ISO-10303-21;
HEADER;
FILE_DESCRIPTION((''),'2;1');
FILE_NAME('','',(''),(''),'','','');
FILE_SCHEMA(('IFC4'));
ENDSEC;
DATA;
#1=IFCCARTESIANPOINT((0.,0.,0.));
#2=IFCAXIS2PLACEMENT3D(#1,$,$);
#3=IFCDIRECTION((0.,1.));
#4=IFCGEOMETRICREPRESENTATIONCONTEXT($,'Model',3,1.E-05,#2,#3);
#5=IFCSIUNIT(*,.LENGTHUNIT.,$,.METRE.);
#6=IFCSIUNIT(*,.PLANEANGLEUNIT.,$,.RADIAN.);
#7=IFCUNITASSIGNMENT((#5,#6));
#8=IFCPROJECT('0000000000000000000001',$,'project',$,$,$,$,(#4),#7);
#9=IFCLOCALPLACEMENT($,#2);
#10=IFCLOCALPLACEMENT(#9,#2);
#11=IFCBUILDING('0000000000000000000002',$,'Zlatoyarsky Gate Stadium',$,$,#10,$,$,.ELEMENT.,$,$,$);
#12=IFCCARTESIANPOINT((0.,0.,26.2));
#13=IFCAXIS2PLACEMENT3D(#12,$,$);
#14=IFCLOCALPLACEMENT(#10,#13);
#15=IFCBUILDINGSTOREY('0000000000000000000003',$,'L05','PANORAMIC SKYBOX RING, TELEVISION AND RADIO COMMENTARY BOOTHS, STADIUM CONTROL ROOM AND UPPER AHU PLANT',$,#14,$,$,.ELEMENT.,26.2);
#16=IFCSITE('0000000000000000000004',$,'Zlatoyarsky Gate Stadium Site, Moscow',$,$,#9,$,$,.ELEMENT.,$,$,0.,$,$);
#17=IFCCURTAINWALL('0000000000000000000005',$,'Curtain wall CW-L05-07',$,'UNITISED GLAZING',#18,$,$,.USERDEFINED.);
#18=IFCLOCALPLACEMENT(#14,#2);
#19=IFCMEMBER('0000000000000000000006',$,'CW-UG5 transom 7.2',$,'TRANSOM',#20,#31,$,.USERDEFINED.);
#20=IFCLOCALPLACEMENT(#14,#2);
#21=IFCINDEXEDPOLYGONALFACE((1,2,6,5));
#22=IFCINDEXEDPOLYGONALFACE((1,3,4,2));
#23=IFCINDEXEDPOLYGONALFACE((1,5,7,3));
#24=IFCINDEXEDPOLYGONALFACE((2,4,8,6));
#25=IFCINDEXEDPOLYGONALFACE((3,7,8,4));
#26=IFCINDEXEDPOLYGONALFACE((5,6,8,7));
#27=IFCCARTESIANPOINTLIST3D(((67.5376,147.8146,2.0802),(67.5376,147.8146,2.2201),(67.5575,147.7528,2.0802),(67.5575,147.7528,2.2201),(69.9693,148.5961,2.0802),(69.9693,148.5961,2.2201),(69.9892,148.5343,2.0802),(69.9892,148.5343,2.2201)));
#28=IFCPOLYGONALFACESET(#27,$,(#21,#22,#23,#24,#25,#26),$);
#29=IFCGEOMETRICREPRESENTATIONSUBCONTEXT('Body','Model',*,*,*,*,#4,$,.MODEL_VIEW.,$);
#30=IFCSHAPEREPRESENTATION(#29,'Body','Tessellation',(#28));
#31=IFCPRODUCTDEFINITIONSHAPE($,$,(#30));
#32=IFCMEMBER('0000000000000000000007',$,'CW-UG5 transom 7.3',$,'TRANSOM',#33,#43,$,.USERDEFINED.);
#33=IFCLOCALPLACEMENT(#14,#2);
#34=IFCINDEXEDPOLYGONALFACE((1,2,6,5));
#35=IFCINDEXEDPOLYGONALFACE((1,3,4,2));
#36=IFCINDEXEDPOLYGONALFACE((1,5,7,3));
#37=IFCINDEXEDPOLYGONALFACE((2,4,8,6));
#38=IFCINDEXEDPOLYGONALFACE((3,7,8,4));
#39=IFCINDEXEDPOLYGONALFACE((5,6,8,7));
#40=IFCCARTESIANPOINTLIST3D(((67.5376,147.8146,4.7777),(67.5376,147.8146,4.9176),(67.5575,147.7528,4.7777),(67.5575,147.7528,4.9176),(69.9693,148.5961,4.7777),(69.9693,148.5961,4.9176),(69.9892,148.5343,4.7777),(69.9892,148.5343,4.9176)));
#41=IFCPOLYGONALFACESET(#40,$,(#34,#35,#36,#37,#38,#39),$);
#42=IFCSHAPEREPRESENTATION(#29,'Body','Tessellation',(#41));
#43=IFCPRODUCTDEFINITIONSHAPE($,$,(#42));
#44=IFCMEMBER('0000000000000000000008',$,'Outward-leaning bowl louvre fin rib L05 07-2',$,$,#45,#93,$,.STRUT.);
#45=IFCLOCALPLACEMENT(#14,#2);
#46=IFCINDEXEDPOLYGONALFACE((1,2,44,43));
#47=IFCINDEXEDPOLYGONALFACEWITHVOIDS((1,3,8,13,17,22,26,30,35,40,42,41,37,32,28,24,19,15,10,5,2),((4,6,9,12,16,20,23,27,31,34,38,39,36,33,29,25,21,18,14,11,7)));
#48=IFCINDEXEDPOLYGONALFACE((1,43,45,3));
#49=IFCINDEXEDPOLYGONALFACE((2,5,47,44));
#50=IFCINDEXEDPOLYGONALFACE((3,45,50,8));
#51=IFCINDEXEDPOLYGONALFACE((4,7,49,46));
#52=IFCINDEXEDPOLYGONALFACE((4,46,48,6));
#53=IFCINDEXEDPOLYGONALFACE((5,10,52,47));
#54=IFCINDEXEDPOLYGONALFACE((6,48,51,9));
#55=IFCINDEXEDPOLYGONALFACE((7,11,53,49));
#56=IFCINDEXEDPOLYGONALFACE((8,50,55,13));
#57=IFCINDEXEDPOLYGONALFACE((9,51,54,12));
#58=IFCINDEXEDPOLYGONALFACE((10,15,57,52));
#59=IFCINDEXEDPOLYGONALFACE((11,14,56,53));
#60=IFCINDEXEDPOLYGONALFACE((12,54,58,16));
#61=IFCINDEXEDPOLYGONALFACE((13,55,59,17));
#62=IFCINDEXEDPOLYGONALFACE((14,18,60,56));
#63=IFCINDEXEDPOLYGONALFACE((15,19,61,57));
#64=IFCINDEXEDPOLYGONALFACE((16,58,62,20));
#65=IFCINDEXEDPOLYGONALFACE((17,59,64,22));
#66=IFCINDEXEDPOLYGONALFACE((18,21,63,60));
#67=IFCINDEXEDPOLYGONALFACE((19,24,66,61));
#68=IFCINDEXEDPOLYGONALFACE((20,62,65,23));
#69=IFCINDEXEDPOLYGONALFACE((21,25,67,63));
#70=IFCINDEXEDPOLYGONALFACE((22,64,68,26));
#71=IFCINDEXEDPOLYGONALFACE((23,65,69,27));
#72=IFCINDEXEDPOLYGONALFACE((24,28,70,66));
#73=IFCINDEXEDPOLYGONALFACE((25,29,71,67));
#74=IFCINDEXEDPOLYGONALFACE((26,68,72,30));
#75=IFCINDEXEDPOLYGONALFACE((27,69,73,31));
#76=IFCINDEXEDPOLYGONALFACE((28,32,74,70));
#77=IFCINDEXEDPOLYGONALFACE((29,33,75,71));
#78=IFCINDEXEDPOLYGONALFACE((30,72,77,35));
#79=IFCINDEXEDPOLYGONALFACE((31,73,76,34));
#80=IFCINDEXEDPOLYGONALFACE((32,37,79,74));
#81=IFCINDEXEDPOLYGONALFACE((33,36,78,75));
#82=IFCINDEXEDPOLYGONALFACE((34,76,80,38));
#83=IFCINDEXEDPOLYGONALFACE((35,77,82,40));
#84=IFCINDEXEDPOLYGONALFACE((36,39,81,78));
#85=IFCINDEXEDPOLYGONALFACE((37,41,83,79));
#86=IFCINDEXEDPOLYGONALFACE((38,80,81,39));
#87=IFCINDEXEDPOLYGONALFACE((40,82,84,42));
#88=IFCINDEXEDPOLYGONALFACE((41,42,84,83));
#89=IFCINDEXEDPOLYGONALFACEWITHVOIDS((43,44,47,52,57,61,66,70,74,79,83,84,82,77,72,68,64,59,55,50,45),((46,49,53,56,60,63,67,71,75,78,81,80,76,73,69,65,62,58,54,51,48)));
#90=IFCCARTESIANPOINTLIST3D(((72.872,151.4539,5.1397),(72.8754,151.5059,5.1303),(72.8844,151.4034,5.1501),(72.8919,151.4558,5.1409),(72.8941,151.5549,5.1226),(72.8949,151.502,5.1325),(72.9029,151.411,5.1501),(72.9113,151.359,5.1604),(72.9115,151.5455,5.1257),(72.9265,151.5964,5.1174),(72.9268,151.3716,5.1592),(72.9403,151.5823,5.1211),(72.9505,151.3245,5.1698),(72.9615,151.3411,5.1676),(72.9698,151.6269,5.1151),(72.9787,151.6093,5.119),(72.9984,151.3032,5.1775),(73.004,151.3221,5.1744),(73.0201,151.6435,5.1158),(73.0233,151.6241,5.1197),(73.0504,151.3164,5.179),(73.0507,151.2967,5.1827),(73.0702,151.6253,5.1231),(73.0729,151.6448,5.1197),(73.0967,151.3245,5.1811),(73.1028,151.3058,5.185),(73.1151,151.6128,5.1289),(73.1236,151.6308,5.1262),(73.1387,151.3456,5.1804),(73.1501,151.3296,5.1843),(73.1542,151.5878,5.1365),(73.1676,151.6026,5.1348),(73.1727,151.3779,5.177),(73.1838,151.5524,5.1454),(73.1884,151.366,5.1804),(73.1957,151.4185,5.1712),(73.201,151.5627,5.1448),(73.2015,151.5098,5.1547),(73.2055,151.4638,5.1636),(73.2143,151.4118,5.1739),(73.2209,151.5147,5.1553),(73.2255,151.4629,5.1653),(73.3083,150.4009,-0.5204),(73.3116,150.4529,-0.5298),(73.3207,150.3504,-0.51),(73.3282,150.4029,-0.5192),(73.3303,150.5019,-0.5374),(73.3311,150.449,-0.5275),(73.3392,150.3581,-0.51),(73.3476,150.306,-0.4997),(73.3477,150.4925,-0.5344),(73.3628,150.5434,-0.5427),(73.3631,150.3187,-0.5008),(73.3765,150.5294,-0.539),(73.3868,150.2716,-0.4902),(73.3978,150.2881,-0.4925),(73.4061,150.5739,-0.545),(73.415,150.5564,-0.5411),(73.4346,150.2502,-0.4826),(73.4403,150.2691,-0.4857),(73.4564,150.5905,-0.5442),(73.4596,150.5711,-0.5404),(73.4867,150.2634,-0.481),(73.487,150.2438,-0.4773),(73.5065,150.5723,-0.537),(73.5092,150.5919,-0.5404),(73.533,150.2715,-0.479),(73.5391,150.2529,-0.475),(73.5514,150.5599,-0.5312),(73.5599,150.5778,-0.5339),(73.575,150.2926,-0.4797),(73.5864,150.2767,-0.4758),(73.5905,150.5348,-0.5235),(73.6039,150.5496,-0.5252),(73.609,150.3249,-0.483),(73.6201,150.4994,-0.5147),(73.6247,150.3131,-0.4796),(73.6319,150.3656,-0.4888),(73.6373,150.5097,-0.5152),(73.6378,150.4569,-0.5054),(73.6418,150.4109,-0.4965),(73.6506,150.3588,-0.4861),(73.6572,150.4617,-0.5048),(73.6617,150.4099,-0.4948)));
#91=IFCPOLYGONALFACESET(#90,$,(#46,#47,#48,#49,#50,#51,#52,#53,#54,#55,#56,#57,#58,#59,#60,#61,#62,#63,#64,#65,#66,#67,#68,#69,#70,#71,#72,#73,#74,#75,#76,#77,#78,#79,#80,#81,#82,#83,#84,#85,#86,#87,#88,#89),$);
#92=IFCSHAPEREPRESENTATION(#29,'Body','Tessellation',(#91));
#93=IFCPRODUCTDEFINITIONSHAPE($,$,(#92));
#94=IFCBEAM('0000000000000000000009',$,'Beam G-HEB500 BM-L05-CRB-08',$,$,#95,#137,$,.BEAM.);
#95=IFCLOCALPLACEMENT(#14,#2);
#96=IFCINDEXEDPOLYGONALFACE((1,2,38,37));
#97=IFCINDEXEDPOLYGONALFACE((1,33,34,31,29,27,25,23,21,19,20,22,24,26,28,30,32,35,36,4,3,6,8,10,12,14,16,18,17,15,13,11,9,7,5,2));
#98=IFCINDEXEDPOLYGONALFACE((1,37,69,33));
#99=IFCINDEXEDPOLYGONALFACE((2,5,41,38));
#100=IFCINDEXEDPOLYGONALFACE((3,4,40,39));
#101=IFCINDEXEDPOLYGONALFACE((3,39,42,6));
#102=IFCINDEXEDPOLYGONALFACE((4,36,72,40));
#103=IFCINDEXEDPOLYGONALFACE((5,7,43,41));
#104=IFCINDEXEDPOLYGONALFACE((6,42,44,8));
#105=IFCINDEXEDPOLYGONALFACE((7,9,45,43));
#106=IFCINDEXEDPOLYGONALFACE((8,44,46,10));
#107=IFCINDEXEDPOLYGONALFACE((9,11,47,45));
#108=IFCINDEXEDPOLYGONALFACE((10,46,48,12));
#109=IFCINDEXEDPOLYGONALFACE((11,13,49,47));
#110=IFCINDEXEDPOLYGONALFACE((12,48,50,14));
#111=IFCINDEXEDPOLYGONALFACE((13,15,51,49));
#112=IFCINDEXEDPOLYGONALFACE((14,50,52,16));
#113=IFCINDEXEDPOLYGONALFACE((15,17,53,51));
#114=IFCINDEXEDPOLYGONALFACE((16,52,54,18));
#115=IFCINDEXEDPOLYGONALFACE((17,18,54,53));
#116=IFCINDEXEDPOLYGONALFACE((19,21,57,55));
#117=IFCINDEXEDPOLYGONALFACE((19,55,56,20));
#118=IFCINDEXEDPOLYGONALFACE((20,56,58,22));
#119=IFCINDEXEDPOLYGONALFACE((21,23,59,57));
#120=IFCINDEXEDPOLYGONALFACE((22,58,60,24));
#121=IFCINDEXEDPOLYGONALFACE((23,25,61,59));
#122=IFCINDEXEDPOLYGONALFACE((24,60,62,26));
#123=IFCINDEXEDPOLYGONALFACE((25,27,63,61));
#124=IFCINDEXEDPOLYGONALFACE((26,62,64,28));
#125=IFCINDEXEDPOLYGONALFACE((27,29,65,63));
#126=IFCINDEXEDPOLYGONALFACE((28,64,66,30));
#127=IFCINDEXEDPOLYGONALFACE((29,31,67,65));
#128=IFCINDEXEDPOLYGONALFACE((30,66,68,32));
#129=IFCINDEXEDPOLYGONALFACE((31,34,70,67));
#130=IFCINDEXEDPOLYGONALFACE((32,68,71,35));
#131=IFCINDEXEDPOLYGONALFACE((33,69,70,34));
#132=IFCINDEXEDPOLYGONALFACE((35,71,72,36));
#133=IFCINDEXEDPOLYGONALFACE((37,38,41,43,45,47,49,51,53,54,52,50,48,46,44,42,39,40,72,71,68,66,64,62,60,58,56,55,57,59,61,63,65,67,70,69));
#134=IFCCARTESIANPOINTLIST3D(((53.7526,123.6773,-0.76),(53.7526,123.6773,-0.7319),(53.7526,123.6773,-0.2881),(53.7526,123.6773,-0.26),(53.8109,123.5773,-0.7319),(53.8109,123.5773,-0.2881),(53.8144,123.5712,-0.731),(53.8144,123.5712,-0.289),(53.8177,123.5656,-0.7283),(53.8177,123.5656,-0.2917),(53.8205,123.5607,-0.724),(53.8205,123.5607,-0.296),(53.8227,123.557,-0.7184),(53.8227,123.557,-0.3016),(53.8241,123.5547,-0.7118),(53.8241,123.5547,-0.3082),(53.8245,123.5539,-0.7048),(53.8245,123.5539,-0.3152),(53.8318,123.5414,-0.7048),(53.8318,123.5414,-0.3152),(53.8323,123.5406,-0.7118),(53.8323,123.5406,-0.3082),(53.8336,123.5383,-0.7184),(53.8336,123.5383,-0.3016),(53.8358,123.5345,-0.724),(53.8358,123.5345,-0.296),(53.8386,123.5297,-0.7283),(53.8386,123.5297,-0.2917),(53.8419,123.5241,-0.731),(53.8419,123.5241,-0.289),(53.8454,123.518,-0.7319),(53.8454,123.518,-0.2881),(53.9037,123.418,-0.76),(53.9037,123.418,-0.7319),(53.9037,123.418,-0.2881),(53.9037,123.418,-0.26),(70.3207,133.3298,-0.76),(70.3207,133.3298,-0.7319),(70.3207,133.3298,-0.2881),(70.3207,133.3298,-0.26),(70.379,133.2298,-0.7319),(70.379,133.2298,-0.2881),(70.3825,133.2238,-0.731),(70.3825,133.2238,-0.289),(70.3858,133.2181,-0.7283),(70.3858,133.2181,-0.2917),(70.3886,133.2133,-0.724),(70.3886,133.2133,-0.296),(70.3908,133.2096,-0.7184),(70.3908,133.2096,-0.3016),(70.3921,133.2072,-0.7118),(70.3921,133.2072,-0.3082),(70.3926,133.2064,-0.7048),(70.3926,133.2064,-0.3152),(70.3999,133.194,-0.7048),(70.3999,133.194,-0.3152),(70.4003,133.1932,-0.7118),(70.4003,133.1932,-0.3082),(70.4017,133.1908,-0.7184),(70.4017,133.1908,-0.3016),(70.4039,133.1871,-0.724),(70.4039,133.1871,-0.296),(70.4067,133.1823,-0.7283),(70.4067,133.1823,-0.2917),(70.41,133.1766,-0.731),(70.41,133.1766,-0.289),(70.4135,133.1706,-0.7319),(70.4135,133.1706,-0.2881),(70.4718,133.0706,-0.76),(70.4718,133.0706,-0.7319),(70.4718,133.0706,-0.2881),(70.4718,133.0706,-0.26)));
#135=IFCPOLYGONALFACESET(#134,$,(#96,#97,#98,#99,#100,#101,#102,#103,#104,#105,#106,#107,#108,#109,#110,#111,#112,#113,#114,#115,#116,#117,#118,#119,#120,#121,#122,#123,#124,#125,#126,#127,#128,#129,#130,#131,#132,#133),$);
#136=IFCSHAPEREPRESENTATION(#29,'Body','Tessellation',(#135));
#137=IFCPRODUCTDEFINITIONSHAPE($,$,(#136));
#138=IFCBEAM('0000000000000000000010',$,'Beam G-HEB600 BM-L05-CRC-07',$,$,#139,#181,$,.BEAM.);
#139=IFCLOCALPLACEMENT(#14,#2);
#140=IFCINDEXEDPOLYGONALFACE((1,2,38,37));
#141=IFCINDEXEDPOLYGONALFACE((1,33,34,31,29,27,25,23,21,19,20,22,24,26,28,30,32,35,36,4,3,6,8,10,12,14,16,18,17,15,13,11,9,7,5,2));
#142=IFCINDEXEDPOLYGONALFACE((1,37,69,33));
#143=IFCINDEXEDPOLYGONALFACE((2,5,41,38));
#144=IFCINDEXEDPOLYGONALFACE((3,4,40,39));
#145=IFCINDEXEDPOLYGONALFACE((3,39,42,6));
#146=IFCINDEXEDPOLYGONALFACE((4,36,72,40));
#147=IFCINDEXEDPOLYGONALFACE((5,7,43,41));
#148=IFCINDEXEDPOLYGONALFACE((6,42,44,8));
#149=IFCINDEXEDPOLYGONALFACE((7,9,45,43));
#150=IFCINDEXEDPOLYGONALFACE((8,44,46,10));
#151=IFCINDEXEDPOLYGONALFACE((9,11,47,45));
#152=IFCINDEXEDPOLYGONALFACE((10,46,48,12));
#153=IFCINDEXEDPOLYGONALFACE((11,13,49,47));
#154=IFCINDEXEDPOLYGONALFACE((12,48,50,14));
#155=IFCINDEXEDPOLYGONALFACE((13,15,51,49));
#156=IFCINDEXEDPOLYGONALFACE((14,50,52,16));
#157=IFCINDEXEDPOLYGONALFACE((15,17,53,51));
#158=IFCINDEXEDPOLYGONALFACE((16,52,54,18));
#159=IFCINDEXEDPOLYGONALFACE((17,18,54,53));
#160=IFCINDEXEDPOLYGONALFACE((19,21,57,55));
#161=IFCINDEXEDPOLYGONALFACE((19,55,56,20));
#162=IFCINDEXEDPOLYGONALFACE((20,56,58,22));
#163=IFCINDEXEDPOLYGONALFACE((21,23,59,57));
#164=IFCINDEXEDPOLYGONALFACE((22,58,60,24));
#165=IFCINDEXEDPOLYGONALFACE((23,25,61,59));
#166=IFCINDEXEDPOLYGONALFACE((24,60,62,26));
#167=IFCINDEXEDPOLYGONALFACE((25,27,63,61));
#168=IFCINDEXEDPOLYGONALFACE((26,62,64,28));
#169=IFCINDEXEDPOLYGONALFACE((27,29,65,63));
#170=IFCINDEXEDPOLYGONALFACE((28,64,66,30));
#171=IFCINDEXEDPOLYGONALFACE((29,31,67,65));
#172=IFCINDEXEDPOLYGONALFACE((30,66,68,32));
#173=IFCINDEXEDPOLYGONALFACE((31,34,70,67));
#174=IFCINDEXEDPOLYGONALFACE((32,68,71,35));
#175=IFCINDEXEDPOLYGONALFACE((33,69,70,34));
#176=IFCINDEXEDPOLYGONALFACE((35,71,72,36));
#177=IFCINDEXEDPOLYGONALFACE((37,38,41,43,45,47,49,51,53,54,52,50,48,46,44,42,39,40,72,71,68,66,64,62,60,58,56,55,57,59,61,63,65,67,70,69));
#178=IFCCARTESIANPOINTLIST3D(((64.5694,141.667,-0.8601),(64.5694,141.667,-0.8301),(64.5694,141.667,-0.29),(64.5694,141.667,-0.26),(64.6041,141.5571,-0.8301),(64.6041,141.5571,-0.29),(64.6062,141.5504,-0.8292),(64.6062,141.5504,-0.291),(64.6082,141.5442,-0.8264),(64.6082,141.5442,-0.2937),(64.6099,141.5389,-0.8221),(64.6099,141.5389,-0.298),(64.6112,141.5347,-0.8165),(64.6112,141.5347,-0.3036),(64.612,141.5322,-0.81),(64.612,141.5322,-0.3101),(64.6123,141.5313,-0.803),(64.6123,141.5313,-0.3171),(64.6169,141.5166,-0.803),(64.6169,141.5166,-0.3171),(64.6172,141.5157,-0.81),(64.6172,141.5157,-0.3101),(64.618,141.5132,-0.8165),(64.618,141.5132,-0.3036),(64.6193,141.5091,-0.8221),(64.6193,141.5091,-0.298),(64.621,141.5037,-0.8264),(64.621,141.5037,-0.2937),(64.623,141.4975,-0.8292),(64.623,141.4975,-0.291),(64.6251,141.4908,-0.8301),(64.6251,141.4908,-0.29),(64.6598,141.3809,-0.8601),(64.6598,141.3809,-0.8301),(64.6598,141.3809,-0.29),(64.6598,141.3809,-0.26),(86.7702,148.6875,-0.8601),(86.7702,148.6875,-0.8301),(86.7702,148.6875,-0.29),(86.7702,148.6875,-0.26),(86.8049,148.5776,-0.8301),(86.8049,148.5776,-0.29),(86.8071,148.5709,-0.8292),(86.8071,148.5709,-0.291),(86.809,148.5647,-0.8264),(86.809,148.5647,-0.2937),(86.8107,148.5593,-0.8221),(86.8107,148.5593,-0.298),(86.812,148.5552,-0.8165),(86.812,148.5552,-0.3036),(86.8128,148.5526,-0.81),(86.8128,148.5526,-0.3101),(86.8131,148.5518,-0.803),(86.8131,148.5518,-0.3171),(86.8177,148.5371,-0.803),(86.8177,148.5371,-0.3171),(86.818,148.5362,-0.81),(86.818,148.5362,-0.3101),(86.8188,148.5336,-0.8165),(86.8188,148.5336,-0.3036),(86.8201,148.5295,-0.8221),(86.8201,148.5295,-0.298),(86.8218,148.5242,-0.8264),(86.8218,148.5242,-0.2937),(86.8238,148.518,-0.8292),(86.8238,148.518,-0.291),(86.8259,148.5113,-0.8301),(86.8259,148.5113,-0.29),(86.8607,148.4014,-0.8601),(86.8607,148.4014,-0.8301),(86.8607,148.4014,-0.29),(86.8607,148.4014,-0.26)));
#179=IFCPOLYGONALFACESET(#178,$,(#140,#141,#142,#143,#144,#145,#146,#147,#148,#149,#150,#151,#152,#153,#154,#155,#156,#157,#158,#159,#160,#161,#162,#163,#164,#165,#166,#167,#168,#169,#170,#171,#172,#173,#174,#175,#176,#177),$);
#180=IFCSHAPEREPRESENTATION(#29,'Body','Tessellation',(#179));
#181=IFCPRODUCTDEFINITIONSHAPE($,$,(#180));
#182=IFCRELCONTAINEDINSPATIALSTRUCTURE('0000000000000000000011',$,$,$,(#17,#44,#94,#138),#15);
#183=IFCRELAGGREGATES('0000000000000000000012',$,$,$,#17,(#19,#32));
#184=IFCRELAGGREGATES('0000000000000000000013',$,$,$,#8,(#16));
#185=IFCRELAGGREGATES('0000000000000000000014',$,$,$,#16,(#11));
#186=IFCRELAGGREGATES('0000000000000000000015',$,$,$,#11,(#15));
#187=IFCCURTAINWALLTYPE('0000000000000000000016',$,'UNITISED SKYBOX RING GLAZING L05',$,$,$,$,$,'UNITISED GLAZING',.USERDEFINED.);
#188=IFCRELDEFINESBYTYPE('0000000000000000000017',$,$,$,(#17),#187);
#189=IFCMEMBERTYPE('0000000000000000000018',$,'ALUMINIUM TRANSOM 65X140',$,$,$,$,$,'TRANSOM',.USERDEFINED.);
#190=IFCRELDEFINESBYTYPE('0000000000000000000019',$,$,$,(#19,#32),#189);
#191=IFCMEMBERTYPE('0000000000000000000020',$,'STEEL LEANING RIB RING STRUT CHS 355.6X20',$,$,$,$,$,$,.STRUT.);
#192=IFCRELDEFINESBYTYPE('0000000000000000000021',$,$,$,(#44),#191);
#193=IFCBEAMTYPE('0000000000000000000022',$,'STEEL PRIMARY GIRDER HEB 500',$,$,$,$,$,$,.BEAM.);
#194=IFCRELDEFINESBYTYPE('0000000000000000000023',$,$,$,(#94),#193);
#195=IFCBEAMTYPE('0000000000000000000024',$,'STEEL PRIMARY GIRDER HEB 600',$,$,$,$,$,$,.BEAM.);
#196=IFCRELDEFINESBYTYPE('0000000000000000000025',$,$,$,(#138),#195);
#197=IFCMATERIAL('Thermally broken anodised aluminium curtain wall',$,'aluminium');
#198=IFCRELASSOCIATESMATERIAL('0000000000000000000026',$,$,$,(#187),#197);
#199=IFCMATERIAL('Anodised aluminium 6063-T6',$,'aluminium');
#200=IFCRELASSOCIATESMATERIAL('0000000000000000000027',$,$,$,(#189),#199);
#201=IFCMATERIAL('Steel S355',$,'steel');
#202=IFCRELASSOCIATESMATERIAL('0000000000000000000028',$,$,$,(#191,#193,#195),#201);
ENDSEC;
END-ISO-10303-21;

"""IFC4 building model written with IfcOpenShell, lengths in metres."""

from ifc_helpers import new_model, si_unit, direction, frame, origin, origin_2d, place, context, subcontext, project, spatial, rectangle, hollow_circle, i_section, extrude, material, material_profile, profile_set, type_object, element, aggregate, save


model = new_model("IFC4")

# Units and contexts
model_context = context("Model", 3, precision=1e-05, world=origin(), true_north=direction((0.0, 1.0)))
body_context = subcontext(model_context, "Body", "Model", "MODEL_VIEW")
ifc_project = project(units=[si_unit("LENGTHUNIT", "METRE"), si_unit("PLANEANGLEUNIT", "RADIAN")], contexts=[model_context])

# Site, building, storey
site_placement = place(None, origin())
site = spatial("IfcSite", under=ifc_project, at=site_placement, Name="Zlatoyarsky Gate Stadium Site, Moscow", CompositionType="ELEMENT", RefElevation=0.0)
building_placement = place(site_placement, origin())
building = spatial("IfcBuilding", under=site, at=building_placement, Name="Zlatoyarsky Gate Stadium", CompositionType="ELEMENT")
storey_placement = place(building_placement, frame((0.0, 0.0, 26.2)))
storey = spatial("IfcBuildingStorey", under=building, at=storey_placement, Name="L05", Description="PANORAMIC SKYBOX RING, TELEVISION AND RADIO COMMENTARY BOOTHS, STADIUM CONTROL ROOM AND UPPER AHU PLANT", CompositionType="ELEMENT", Elevation=26.2)

# Shared definitions
ifc_material_1 = material(Name="Steel S355", Category="steel")

# Curtain wall, members
ifc_material_2 = material(Name="Thermally broken anodised aluminium curtain wall", Category="aluminium")
curtain_wall_type = type_object("IfcCurtainWallType", Name="UNITISED SKYBOX RING GLAZING L05", ElementType="UNITISED GLAZING", PredefinedType="USERDEFINED", material=ifc_material_2)
curtain_wall_placement = place(storey_placement, origin())
curtain_wall = element("IfcCurtainWall", 1, at=curtain_wall_placement, inside=storey, type_object=curtain_wall_type, Name="Curtain wall CW-L05-07", ObjectType="UNITISED GLAZING", PredefinedType="USERDEFINED")
ifc_material_3 = material(Name="Anodised aluminium 6063-T6", Category="aluminium")
ifc_material_profile_1 = material_profile(ifc_material_3, rectangle(XDim=0.0649, YDim=0.1399, at=origin_2d()), Name="ALU 65X140")
ifc_profile_set_1 = profile_set([ifc_material_profile_1], Name="Anodised aluminium 6063-T6")
member_type_1 = type_object("IfcMemberType", Name="ALUMINIUM TRANSOM 65X140", ElementType="TRANSOM", PredefinedType="USERDEFINED", material=ifc_profile_set_1)
member_1_placement = place(storey_placement, frame((69.9792, 148.5652, 2.1501), z_axis=(-0.95204, -0.305972, 0.0), x_axis=(0.305972, -0.95204, 0.0)))
member_1 = element("IfcMember", 2, at=member_1_placement, type_object=member_type_1, Name="CW-UG5 transom 7.2", ObjectType="TRANSOM", PredefinedType="USERDEFINED", context=body_context, shape_type="SweptSolid", body=[
    extrude(rectangle(XDim=0.0649, YDim=0.1399, at=origin_2d()), origin(), (0.0, 0.0, 1.0), 2.5542),
])
member_2_placement = place(storey_placement, frame((69.9792, 148.5652, 4.8477), z_axis=(-0.95204, -0.305972, 0.0), x_axis=(0.305972, -0.95204, 0.0)))
member_2 = element("IfcMember", 3, at=member_2_placement, type_object=member_type_1, Name="CW-UG5 transom 7.3", ObjectType="TRANSOM", PredefinedType="USERDEFINED", context=body_context, shape_type="SweptSolid", body=[
    extrude(rectangle(XDim=0.0649, YDim=0.1399, at=origin_2d()), origin(), (0.0, 0.0, 1.0), 2.5542),
])

# Member
ifc_material_profile_2 = material_profile(ifc_material_1, hollow_circle(Radius=0.1777, WallThickness=0.02, at=origin_2d()), Name="CHS 355.6X20")
ifc_profile_set_2 = profile_set([ifc_material_profile_2], Name="Steel S355")
member_type_2 = type_object("IfcMemberType", Name="STEEL LEANING RIB RING STRUT CHS 355.6X20", PredefinedType="STRUT", material=ifc_profile_set_2)
member_3_placement = place(storey_placement, frame((73.4849, 150.4185, -0.51), z_axis=(-0.075562, 0.182373, 0.980322), x_axis=(-0.923842, -0.382774, 0.0)))
element("IfcMember", 4, at=member_3_placement, inside=storey, type_object=member_type_2, Name="Outward-leaning bowl louvre fin rib L05 07-2", PredefinedType="STRUT", context=body_context, shape_type="SweptSolid", body=[
    extrude(hollow_circle(Radius=0.1777, WallThickness=0.02, at=origin_2d()), origin(), (0.0, 0.0, 1.0), 5.7737),
])

# Beams
ifc_material_profile_3 = material_profile(ifc_material_1, i_section(OverallWidth=0.3, OverallDepth=0.5, WebThickness=0.0144, FlangeThickness=0.0281, FilletRadius=0.0271, at=origin_2d()), Name="HEB 500")
ifc_profile_set_3 = profile_set([ifc_material_profile_3], Name="Steel S355")
beam_type_1 = type_object("IfcBeamType", Name="STEEL PRIMARY GIRDER HEB 500", PredefinedType="BEAM", material=ifc_profile_set_3)
beam_1_placement = place(storey_placement, frame((70.3962, 133.2002, -0.51), z_axis=(-0.864054, -0.503398, 0.0), x_axis=(0.503398, -0.864054, 0.0)))
element("IfcBeam", 5, at=beam_1_placement, inside=storey, type_object=beam_type_1, Name="Beam G-HEB500 BM-L05-CRB-08", PredefinedType="BEAM", context=body_context, shape_type="SweptSolid", body=[
    extrude(i_section(OverallWidth=0.3, OverallDepth=0.5, WebThickness=0.0144, FlangeThickness=0.0281, FilletRadius=0.0271, at=origin_2d()), origin(), (0.0, 0.0, 1.0), 19.1748),
])
ifc_material_profile_4 = material_profile(ifc_material_1, i_section(OverallWidth=0.3, OverallDepth=0.6001, WebThickness=0.0154, FlangeThickness=0.03, FilletRadius=0.0271, at=origin_2d()), Name="HEB 600")
ifc_profile_set_4 = profile_set([ifc_material_profile_4], Name="Steel S355")
beam_type_2 = type_object("IfcBeamType", Name="STEEL PRIMARY GIRDER HEB 600", PredefinedType="BEAM", material=ifc_profile_set_4)
beam_2_placement = place(storey_placement, frame((86.8154, 148.5444, -0.5601), z_axis=(-0.953463, -0.30151, 0.0), x_axis=(0.30151, -0.953463, 0.0)))
element("IfcBeam", 6, at=beam_2_placement, inside=storey, type_object=beam_type_2, Name="Beam G-HEB600 BM-L05-CRC-07", PredefinedType="BEAM", context=body_context, shape_type="SweptSolid", body=[
    extrude(i_section(OverallWidth=0.3, OverallDepth=0.6001, WebThickness=0.0154, FlangeThickness=0.03, FilletRadius=0.0271, at=origin_2d()), origin(), (0.0, 0.0, 1.0), 23.2844),
])

aggregate(curtain_wall, [member_1, member_2])

save(model, "model.ifc")
